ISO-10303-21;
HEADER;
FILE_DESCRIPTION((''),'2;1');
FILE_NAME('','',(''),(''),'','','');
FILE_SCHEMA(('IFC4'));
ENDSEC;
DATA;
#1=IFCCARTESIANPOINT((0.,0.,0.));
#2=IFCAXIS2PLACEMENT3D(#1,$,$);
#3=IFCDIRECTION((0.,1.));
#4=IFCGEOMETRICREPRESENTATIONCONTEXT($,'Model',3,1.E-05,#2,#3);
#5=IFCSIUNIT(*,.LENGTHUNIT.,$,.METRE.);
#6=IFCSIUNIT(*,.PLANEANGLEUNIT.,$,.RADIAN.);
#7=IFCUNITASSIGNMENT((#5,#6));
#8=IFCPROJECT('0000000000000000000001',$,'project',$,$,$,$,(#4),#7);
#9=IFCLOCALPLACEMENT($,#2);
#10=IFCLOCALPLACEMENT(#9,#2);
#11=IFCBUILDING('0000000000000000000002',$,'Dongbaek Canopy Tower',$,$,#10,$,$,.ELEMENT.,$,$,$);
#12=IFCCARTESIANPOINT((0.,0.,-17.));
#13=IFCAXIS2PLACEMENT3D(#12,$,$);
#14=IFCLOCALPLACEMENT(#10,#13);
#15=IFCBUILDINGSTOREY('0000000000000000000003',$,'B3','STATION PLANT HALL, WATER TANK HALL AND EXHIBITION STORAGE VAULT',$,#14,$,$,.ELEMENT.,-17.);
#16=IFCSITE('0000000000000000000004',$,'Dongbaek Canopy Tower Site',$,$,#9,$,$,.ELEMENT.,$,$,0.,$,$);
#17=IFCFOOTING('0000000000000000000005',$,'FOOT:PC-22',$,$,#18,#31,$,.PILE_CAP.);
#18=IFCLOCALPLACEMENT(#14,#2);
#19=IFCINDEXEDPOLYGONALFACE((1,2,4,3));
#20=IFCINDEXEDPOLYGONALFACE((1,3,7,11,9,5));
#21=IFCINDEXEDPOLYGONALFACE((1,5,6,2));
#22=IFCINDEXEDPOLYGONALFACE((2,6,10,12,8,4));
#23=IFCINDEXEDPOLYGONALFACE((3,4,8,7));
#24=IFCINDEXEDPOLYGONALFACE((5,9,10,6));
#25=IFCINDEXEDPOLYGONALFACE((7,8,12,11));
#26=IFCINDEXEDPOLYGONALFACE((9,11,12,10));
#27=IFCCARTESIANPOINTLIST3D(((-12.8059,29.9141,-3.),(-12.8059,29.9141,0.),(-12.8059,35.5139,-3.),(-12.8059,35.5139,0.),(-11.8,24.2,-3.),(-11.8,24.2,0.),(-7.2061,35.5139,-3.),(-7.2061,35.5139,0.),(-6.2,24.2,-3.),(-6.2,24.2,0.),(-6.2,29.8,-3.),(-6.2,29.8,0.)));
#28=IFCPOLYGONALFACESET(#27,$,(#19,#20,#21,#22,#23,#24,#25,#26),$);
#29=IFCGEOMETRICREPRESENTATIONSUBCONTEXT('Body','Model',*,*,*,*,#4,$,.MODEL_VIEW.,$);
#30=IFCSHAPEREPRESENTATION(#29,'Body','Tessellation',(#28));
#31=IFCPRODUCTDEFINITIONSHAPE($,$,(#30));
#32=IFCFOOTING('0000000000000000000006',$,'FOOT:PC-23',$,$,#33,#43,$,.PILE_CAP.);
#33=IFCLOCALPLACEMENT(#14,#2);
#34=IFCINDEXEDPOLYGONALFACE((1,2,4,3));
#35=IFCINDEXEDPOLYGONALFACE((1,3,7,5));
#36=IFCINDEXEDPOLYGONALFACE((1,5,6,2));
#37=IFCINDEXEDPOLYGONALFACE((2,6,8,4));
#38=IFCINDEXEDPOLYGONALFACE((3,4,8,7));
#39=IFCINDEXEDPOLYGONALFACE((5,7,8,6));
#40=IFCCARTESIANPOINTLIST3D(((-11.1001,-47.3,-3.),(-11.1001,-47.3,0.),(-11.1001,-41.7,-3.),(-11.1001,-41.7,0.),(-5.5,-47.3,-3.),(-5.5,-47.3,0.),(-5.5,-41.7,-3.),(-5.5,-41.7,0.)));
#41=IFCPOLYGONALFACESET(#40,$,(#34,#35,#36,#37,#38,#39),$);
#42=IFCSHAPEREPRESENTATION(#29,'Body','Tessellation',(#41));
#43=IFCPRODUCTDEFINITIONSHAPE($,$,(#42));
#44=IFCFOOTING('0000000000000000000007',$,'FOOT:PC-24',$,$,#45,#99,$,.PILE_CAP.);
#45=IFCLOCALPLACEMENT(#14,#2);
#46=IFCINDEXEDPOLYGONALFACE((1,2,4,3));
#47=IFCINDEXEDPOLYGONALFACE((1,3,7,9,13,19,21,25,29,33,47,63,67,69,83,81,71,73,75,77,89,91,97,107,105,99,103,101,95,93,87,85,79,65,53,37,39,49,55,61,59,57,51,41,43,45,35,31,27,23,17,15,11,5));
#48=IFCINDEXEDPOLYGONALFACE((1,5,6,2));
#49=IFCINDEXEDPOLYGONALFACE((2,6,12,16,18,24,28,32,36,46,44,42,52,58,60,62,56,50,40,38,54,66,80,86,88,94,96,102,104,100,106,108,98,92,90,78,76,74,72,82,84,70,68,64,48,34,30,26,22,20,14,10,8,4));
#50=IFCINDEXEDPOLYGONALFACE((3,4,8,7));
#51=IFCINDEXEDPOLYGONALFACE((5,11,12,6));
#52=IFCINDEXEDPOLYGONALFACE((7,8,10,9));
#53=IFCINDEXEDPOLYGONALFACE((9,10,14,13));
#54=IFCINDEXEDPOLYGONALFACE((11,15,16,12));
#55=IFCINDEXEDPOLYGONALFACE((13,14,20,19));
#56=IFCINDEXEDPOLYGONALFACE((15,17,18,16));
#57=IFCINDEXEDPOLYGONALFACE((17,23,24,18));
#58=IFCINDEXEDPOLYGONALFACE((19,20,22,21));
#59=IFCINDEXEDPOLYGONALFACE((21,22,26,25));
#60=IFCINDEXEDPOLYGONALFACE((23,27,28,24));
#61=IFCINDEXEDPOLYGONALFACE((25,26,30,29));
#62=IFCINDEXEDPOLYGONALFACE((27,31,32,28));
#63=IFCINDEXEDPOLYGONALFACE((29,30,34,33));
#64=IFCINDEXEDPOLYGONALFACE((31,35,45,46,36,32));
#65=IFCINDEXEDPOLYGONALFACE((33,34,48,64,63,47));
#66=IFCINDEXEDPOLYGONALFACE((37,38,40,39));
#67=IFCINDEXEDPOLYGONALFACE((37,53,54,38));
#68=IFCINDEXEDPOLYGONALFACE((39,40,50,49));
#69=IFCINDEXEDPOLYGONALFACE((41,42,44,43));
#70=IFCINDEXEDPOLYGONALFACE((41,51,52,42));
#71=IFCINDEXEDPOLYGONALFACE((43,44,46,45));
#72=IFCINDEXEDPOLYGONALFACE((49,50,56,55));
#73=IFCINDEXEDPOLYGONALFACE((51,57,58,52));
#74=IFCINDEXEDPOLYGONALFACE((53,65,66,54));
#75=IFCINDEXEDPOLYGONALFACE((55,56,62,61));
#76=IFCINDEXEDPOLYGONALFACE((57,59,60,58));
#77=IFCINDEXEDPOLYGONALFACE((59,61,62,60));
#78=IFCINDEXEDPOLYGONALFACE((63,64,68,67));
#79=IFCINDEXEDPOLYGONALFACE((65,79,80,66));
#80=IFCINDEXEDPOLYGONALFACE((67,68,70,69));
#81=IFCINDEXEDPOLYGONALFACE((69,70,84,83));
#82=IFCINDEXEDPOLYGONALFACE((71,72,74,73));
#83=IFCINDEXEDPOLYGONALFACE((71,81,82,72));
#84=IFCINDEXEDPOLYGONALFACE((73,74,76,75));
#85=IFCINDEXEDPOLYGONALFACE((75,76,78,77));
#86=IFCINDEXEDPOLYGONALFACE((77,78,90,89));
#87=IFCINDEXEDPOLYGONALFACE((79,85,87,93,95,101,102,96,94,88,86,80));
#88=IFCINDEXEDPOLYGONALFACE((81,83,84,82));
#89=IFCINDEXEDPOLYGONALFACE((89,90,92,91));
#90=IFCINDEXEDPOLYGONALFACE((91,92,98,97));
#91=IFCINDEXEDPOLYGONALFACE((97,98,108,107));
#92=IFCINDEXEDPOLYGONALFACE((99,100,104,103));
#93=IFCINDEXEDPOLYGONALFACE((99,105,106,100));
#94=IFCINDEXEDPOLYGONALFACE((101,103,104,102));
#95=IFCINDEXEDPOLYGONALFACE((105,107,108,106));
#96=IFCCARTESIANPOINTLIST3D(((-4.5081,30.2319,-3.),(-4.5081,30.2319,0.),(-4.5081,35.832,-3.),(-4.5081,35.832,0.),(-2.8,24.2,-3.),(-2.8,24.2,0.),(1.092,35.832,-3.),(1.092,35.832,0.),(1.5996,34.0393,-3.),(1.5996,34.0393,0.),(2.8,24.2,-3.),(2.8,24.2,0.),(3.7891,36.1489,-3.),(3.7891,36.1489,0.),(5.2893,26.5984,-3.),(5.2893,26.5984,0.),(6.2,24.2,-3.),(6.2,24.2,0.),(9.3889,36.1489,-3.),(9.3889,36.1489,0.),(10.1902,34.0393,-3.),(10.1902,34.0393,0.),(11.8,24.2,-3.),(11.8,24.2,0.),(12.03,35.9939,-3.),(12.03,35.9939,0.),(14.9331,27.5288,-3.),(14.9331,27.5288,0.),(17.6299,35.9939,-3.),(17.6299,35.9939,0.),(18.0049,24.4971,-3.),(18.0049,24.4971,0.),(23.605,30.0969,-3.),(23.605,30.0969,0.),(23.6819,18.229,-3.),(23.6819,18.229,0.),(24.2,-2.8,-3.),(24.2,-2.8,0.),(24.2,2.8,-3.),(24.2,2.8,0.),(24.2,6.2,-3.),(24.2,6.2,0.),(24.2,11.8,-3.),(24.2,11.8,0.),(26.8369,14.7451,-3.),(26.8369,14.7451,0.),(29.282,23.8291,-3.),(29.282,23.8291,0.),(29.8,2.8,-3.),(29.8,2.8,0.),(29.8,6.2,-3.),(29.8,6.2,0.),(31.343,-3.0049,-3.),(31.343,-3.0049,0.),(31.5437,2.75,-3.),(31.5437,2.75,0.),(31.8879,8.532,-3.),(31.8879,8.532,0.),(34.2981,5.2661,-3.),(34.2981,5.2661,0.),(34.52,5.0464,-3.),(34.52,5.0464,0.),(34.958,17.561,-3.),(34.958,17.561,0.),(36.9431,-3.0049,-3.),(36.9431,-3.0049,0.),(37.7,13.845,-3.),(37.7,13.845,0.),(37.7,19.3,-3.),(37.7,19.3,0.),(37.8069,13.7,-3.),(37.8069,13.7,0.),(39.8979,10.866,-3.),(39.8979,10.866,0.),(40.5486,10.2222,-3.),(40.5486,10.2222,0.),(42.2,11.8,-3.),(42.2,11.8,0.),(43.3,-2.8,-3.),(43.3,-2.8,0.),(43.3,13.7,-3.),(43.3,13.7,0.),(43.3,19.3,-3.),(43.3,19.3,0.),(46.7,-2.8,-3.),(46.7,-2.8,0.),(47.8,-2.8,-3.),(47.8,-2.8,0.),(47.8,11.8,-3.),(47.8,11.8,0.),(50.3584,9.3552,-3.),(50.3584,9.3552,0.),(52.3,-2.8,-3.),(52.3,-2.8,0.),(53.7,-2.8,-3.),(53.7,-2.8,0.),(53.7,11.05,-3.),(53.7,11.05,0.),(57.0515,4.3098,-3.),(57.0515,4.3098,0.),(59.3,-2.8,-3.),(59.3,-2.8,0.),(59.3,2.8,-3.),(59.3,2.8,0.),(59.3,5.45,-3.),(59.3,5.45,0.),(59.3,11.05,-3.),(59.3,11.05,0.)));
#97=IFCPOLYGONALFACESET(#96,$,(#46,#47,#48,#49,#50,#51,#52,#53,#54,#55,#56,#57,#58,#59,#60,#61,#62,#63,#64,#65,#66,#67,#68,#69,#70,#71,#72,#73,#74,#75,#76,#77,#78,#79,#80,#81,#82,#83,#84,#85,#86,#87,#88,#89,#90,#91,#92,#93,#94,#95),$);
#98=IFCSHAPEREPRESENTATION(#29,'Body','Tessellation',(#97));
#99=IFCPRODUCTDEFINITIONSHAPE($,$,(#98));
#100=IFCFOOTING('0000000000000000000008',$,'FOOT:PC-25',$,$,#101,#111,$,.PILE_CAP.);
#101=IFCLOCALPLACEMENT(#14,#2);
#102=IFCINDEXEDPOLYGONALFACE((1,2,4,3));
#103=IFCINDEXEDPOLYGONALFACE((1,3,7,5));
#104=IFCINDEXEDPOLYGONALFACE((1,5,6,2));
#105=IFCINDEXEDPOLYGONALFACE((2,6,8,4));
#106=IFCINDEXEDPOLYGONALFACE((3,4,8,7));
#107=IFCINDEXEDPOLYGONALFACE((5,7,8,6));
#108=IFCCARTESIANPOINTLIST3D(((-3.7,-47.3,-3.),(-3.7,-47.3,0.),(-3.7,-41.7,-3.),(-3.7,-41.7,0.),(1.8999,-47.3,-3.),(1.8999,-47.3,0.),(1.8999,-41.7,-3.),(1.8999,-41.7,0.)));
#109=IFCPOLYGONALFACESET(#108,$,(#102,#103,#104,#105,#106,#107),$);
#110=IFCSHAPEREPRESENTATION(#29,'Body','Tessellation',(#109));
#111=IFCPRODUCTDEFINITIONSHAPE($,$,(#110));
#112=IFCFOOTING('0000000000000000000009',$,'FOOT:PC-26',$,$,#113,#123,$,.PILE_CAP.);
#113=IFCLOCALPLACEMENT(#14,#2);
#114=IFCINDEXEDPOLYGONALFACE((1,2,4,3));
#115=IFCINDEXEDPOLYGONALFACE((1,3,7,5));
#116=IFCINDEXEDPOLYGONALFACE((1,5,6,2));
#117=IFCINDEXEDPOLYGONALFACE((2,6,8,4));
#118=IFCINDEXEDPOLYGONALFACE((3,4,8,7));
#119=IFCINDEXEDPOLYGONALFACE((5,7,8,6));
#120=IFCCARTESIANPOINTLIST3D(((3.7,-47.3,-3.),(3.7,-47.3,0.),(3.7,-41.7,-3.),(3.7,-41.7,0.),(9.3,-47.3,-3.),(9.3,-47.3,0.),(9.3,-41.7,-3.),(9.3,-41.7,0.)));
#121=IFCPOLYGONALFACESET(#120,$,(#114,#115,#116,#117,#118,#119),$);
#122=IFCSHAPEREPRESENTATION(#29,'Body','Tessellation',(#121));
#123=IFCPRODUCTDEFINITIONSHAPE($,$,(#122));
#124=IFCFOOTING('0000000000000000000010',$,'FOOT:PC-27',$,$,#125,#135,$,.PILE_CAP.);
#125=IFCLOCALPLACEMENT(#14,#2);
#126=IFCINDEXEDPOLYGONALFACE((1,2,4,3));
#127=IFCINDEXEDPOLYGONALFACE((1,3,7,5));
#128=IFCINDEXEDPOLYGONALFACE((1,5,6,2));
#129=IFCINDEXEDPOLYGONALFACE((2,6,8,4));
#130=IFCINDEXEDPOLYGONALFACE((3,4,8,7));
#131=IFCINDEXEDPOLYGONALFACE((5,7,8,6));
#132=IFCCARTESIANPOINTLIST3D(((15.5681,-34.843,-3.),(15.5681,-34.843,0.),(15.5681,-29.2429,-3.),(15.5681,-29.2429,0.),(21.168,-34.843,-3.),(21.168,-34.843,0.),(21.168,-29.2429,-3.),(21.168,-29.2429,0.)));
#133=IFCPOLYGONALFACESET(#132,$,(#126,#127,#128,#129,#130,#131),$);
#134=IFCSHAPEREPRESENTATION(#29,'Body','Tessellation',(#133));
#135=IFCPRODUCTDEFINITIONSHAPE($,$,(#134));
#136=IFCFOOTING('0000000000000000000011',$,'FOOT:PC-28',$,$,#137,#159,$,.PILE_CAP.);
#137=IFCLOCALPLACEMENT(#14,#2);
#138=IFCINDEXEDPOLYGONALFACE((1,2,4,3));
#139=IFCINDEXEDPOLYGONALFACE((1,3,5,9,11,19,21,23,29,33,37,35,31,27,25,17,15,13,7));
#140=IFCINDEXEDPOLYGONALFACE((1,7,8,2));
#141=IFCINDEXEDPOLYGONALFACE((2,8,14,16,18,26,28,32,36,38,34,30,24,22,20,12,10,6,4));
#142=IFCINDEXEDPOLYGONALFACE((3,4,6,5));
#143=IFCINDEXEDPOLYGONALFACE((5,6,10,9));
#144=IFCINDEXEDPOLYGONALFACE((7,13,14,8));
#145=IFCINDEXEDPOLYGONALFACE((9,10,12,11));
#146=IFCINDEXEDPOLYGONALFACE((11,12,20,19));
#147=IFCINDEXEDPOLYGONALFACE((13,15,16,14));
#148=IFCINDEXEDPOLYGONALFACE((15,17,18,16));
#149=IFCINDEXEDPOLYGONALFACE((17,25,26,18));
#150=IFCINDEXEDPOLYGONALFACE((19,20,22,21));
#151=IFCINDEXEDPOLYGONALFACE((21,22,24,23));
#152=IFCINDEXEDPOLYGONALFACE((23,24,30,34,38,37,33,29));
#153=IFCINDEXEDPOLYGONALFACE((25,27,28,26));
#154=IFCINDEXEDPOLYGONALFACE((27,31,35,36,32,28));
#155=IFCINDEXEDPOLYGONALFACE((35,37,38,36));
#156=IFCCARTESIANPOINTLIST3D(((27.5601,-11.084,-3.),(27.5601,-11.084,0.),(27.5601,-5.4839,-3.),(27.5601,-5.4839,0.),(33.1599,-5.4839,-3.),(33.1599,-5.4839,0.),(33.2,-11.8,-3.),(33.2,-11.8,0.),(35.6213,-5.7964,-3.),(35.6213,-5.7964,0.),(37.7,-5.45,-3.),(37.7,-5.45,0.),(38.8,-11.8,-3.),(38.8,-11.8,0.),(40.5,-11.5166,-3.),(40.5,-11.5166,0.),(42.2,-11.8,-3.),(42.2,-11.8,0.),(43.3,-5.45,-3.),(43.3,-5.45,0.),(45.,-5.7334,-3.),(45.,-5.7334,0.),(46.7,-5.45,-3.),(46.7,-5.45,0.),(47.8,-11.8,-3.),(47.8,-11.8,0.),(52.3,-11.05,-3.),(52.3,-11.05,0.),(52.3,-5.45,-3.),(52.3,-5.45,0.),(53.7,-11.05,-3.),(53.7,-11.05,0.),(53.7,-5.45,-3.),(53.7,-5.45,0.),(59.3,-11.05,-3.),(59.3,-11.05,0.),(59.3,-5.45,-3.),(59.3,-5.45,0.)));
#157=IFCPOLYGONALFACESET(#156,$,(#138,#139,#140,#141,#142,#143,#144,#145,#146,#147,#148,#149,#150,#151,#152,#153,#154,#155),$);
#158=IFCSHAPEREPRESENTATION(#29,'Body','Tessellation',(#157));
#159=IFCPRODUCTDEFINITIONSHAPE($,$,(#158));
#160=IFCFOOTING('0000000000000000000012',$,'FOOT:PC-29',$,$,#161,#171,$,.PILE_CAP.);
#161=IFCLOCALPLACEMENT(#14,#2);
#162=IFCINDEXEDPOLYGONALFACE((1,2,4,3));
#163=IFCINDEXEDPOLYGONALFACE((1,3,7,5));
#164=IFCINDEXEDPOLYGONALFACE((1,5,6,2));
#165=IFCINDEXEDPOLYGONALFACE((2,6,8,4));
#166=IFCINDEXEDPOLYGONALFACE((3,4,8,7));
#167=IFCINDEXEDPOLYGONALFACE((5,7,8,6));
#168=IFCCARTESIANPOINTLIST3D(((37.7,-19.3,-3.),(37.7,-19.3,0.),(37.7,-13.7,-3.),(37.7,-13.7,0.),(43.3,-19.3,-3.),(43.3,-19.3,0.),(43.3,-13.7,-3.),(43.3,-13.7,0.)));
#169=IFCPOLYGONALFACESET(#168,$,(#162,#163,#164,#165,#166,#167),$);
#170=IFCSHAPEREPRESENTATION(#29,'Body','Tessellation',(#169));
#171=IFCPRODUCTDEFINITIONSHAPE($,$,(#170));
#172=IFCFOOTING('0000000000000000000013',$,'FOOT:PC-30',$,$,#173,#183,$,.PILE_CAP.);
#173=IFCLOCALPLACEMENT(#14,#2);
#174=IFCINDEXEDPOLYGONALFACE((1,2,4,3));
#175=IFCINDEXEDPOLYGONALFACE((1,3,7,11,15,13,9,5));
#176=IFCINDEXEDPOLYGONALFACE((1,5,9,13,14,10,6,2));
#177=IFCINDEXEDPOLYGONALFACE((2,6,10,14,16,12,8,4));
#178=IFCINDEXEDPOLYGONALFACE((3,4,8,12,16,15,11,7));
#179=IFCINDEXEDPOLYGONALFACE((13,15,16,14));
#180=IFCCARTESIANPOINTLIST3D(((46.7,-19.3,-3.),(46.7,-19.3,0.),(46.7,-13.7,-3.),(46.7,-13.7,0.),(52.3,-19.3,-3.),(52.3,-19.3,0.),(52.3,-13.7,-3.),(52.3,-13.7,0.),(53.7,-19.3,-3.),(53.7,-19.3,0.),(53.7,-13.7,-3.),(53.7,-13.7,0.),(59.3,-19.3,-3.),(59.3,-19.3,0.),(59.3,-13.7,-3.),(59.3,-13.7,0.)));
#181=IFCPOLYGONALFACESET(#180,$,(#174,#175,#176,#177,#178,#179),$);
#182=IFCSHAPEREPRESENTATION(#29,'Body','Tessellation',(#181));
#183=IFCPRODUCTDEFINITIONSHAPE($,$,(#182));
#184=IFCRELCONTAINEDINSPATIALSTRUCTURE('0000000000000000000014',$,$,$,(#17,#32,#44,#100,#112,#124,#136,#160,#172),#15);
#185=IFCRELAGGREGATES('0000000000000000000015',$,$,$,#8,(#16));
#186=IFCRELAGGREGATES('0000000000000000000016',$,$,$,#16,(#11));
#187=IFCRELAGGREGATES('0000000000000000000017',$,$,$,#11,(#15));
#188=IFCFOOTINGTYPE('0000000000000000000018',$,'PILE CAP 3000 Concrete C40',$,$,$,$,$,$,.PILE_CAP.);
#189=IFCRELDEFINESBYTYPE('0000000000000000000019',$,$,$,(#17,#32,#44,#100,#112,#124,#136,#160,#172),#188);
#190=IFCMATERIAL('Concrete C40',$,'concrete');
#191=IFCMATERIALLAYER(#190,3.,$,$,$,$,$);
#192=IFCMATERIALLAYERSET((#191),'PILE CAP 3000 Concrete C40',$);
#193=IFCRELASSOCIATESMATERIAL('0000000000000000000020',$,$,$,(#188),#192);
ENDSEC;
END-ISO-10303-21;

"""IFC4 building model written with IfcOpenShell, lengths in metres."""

from ifc_helpers import new_model, si_unit, direction, frame, origin, place, context, subcontext, project, spatial, polyline, outline, extrude, material, layer, layer_set, type_object, element, save


model = new_model("IFC4")

# Units and contexts
model_context = context("Model", 3, precision=1e-05, world=origin(), true_north=direction((0.0, 1.0)))
body_context = subcontext(model_context, "Body", "Model", "MODEL_VIEW")
ifc_project = project(units=[si_unit("LENGTHUNIT", "METRE"), si_unit("PLANEANGLEUNIT", "RADIAN")], contexts=[model_context])

# Site, building, storey
site_placement = place(None, origin())
site = spatial("IfcSite", under=ifc_project, at=site_placement, Name="Dongbaek Canopy Tower Site", CompositionType="ELEMENT", RefElevation=0.0)
building_placement = place(site_placement, origin())
building = spatial("IfcBuilding", under=site, at=building_placement, Name="Dongbaek Canopy Tower", CompositionType="ELEMENT")
storey_placement = place(building_placement, frame((0.0, 0.0, -17.0)))
storey = spatial("IfcBuildingStorey", under=building, at=storey_placement, Name="B3", Description="STATION PLANT HALL, WATER TANK HALL AND EXHIBITION STORAGE VAULT", CompositionType="ELEMENT", Elevation=-17.0)

# Footings
ifc_material_1 = material(Name="Concrete C40", Category="concrete")
ifc_layer_1 = layer(ifc_material_1, 3.0)
ifc_layer_set_1 = layer_set([ifc_layer_1], Name="PILE CAP 3000 Concrete C40")
footing_type_1 = type_object("IfcFootingType", Name="PILE CAP 3000 Concrete C40", PredefinedType="PILE_CAP", material=ifc_layer_set_1)
footing_1_placement = place(storey_placement, frame((0.0, 0.0, -3.0)))
element("IfcFooting", 1, at=footing_1_placement, inside=storey, type_object=footing_type_1, Name="FOOT:PC-22", PredefinedType="PILE_CAP", context=body_context, shape_type="SweptSolid", body=[
    extrude(outline(polyline([(-6.2, 24.2), (-11.8, 24.2), (-12.8059, 29.9141), (-12.8059, 35.5139), (-7.2061, 35.5139), (-6.2, 29.8), (-6.2, 24.2)])), origin(), (0.0, 0.0, 1.0), 3.0),
])
footing_2_placement = place(storey_placement, frame((0.0, 0.0, -3.0)))
element("IfcFooting", 2, at=footing_2_placement, inside=storey, type_object=footing_type_1, Name="FOOT:PC-23", PredefinedType="PILE_CAP", context=body_context, shape_type="SweptSolid", body=[
    extrude(outline(polyline([(-5.5, -47.3), (-5.5, -41.7), (-11.1001, -41.7), (-11.1001, -47.3), (-5.5, -47.3)])), origin(), (0.0, 0.0, 1.0), 3.0),
])
footing_3_placement = place(storey_placement, frame((0.0, 0.0, -3.0)))
element("IfcFooting", 3, at=footing_3_placement, inside=storey, type_object=footing_type_1, Name="FOOT:PC-24", PredefinedType="PILE_CAP", context=body_context, shape_type="SweptSolid", body=[
    extrude(outline(polyline([(29.8, 2.8), (31.5437, 2.75), (34.52, 5.0464), (34.2981, 5.2661), (31.8879, 8.532), (29.8, 6.2), (24.2, 6.2), (24.2, 11.8), (26.8369, 14.7451), (23.6819, 18.229), (18.0049, 24.4971), (14.9331, 27.5288), (11.8, 24.2), (6.2, 24.2), (5.2893, 26.5984), (2.8, 24.2), (-2.8, 24.2), (-4.5081, 30.2319), (-4.5081, 35.832), (1.092, 35.832), (1.5996, 34.0393), (3.7891, 36.1489), (9.3889, 36.1489), (10.1902, 34.0393), (12.03, 35.9939), (17.6299, 35.9939), (23.605, 30.0969), (29.282, 23.8291), (34.958, 17.561), (37.7, 13.845), (37.7, 19.3), (43.3, 19.3), (43.3, 13.7), (37.8069, 13.7), (39.8979, 10.866), (40.5486, 10.2222), (42.2, 11.8), (47.8, 11.8), (50.3584, 9.3552), (53.7, 11.05), (59.3, 11.05), (59.3, 5.45), (57.0515, 4.3098), (59.3, 2.8), (59.3, -2.8), (53.7, -2.8), (52.3, -2.8), (47.8, -2.8), (46.7, -2.8), (43.3, -2.8), (36.9431, -3.0049), (31.343, -3.0049), (24.2, -2.8), (24.2, 2.8), (29.8, 2.8)])), origin(), (0.0, 0.0, 1.0), 3.0),
])
footing_4_placement = place(storey_placement, frame((0.0, 0.0, -3.0)))
element("IfcFooting", 4, at=footing_4_placement, inside=storey, type_object=footing_type_1, Name="FOOT:PC-25", PredefinedType="PILE_CAP", context=body_context, shape_type="SweptSolid", body=[
    extrude(outline(polyline([(1.8999, -47.3), (1.8999, -41.7), (-3.7, -41.7), (-3.7, -47.3), (1.8999, -47.3)])), origin(), (0.0, 0.0, 1.0), 3.0),
])
footing_5_placement = place(storey_placement, frame((0.0, 0.0, -3.0)))
element("IfcFooting", 5, at=footing_5_placement, inside=storey, type_object=footing_type_1, Name="FOOT:PC-26", PredefinedType="PILE_CAP", context=body_context, shape_type="SweptSolid", body=[
    extrude(outline(polyline([(9.3, -47.3), (9.3, -41.7), (3.7, -41.7), (3.7, -47.3), (9.3, -47.3)])), origin(), (0.0, 0.0, 1.0), 3.0),
])
footing_6_placement = place(storey_placement, frame((0.0, 0.0, -3.0)))
element("IfcFooting", 6, at=footing_6_placement, inside=storey, type_object=footing_type_1, Name="FOOT:PC-27", PredefinedType="PILE_CAP", context=body_context, shape_type="SweptSolid", body=[
    extrude(outline(polyline([(21.168, -34.843), (21.168, -29.2429), (15.5681, -29.2429), (15.5681, -34.843), (21.168, -34.843)])), origin(), (0.0, 0.0, 1.0), 3.0),
])
footing_7_placement = place(storey_placement, frame((0.0, 0.0, -3.0)))
element("IfcFooting", 7, at=footing_7_placement, inside=storey, type_object=footing_type_1, Name="FOOT:PC-28", PredefinedType="PILE_CAP", context=body_context, shape_type="SweptSolid", body=[
    extrude(outline(polyline([(27.5601, -11.084), (27.5601, -5.4839), (33.1599, -5.4839), (35.6213, -5.7964), (37.7, -5.45), (43.3, -5.45), (45.0, -5.7334), (46.7, -5.45), (52.3, -5.45), (53.7, -5.45), (59.3, -5.45), (59.3, -11.05), (53.7, -11.05), (52.3, -11.05), (47.8, -11.8), (42.2, -11.8), (40.5, -11.5166), (38.8, -11.8), (33.2, -11.8), (27.5601, -11.084)])), origin(), (0.0, 0.0, 1.0), 3.0),
])
footing_8_placement = place(storey_placement, frame((0.0, 0.0, -3.0)))
element("IfcFooting", 8, at=footing_8_placement, inside=storey, type_object=footing_type_1, Name="FOOT:PC-29", PredefinedType="PILE_CAP", context=body_context, shape_type="SweptSolid", body=[
    extrude(outline(polyline([(43.3, -19.3), (43.3, -13.7), (37.7, -13.7), (37.7, -19.3), (43.3, -19.3)])), origin(), (0.0, 0.0, 1.0), 3.0),
])
footing_9_placement = place(storey_placement, frame((0.0, 0.0, -3.0)))
element("IfcFooting", 9, at=footing_9_placement, inside=storey, type_object=footing_type_1, Name="FOOT:PC-30", PredefinedType="PILE_CAP", context=body_context, shape_type="SweptSolid", body=[
    extrude(outline(polyline([(52.3, -13.7), (53.7, -13.7), (59.3, -13.7), (59.3, -19.3), (53.7, -19.3), (52.3, -19.3), (46.7, -19.3), (46.7, -13.7), (52.3, -13.7)])), origin(), (0.0, 0.0, 1.0), 3.0),
])

save(model, "model.ifc")
